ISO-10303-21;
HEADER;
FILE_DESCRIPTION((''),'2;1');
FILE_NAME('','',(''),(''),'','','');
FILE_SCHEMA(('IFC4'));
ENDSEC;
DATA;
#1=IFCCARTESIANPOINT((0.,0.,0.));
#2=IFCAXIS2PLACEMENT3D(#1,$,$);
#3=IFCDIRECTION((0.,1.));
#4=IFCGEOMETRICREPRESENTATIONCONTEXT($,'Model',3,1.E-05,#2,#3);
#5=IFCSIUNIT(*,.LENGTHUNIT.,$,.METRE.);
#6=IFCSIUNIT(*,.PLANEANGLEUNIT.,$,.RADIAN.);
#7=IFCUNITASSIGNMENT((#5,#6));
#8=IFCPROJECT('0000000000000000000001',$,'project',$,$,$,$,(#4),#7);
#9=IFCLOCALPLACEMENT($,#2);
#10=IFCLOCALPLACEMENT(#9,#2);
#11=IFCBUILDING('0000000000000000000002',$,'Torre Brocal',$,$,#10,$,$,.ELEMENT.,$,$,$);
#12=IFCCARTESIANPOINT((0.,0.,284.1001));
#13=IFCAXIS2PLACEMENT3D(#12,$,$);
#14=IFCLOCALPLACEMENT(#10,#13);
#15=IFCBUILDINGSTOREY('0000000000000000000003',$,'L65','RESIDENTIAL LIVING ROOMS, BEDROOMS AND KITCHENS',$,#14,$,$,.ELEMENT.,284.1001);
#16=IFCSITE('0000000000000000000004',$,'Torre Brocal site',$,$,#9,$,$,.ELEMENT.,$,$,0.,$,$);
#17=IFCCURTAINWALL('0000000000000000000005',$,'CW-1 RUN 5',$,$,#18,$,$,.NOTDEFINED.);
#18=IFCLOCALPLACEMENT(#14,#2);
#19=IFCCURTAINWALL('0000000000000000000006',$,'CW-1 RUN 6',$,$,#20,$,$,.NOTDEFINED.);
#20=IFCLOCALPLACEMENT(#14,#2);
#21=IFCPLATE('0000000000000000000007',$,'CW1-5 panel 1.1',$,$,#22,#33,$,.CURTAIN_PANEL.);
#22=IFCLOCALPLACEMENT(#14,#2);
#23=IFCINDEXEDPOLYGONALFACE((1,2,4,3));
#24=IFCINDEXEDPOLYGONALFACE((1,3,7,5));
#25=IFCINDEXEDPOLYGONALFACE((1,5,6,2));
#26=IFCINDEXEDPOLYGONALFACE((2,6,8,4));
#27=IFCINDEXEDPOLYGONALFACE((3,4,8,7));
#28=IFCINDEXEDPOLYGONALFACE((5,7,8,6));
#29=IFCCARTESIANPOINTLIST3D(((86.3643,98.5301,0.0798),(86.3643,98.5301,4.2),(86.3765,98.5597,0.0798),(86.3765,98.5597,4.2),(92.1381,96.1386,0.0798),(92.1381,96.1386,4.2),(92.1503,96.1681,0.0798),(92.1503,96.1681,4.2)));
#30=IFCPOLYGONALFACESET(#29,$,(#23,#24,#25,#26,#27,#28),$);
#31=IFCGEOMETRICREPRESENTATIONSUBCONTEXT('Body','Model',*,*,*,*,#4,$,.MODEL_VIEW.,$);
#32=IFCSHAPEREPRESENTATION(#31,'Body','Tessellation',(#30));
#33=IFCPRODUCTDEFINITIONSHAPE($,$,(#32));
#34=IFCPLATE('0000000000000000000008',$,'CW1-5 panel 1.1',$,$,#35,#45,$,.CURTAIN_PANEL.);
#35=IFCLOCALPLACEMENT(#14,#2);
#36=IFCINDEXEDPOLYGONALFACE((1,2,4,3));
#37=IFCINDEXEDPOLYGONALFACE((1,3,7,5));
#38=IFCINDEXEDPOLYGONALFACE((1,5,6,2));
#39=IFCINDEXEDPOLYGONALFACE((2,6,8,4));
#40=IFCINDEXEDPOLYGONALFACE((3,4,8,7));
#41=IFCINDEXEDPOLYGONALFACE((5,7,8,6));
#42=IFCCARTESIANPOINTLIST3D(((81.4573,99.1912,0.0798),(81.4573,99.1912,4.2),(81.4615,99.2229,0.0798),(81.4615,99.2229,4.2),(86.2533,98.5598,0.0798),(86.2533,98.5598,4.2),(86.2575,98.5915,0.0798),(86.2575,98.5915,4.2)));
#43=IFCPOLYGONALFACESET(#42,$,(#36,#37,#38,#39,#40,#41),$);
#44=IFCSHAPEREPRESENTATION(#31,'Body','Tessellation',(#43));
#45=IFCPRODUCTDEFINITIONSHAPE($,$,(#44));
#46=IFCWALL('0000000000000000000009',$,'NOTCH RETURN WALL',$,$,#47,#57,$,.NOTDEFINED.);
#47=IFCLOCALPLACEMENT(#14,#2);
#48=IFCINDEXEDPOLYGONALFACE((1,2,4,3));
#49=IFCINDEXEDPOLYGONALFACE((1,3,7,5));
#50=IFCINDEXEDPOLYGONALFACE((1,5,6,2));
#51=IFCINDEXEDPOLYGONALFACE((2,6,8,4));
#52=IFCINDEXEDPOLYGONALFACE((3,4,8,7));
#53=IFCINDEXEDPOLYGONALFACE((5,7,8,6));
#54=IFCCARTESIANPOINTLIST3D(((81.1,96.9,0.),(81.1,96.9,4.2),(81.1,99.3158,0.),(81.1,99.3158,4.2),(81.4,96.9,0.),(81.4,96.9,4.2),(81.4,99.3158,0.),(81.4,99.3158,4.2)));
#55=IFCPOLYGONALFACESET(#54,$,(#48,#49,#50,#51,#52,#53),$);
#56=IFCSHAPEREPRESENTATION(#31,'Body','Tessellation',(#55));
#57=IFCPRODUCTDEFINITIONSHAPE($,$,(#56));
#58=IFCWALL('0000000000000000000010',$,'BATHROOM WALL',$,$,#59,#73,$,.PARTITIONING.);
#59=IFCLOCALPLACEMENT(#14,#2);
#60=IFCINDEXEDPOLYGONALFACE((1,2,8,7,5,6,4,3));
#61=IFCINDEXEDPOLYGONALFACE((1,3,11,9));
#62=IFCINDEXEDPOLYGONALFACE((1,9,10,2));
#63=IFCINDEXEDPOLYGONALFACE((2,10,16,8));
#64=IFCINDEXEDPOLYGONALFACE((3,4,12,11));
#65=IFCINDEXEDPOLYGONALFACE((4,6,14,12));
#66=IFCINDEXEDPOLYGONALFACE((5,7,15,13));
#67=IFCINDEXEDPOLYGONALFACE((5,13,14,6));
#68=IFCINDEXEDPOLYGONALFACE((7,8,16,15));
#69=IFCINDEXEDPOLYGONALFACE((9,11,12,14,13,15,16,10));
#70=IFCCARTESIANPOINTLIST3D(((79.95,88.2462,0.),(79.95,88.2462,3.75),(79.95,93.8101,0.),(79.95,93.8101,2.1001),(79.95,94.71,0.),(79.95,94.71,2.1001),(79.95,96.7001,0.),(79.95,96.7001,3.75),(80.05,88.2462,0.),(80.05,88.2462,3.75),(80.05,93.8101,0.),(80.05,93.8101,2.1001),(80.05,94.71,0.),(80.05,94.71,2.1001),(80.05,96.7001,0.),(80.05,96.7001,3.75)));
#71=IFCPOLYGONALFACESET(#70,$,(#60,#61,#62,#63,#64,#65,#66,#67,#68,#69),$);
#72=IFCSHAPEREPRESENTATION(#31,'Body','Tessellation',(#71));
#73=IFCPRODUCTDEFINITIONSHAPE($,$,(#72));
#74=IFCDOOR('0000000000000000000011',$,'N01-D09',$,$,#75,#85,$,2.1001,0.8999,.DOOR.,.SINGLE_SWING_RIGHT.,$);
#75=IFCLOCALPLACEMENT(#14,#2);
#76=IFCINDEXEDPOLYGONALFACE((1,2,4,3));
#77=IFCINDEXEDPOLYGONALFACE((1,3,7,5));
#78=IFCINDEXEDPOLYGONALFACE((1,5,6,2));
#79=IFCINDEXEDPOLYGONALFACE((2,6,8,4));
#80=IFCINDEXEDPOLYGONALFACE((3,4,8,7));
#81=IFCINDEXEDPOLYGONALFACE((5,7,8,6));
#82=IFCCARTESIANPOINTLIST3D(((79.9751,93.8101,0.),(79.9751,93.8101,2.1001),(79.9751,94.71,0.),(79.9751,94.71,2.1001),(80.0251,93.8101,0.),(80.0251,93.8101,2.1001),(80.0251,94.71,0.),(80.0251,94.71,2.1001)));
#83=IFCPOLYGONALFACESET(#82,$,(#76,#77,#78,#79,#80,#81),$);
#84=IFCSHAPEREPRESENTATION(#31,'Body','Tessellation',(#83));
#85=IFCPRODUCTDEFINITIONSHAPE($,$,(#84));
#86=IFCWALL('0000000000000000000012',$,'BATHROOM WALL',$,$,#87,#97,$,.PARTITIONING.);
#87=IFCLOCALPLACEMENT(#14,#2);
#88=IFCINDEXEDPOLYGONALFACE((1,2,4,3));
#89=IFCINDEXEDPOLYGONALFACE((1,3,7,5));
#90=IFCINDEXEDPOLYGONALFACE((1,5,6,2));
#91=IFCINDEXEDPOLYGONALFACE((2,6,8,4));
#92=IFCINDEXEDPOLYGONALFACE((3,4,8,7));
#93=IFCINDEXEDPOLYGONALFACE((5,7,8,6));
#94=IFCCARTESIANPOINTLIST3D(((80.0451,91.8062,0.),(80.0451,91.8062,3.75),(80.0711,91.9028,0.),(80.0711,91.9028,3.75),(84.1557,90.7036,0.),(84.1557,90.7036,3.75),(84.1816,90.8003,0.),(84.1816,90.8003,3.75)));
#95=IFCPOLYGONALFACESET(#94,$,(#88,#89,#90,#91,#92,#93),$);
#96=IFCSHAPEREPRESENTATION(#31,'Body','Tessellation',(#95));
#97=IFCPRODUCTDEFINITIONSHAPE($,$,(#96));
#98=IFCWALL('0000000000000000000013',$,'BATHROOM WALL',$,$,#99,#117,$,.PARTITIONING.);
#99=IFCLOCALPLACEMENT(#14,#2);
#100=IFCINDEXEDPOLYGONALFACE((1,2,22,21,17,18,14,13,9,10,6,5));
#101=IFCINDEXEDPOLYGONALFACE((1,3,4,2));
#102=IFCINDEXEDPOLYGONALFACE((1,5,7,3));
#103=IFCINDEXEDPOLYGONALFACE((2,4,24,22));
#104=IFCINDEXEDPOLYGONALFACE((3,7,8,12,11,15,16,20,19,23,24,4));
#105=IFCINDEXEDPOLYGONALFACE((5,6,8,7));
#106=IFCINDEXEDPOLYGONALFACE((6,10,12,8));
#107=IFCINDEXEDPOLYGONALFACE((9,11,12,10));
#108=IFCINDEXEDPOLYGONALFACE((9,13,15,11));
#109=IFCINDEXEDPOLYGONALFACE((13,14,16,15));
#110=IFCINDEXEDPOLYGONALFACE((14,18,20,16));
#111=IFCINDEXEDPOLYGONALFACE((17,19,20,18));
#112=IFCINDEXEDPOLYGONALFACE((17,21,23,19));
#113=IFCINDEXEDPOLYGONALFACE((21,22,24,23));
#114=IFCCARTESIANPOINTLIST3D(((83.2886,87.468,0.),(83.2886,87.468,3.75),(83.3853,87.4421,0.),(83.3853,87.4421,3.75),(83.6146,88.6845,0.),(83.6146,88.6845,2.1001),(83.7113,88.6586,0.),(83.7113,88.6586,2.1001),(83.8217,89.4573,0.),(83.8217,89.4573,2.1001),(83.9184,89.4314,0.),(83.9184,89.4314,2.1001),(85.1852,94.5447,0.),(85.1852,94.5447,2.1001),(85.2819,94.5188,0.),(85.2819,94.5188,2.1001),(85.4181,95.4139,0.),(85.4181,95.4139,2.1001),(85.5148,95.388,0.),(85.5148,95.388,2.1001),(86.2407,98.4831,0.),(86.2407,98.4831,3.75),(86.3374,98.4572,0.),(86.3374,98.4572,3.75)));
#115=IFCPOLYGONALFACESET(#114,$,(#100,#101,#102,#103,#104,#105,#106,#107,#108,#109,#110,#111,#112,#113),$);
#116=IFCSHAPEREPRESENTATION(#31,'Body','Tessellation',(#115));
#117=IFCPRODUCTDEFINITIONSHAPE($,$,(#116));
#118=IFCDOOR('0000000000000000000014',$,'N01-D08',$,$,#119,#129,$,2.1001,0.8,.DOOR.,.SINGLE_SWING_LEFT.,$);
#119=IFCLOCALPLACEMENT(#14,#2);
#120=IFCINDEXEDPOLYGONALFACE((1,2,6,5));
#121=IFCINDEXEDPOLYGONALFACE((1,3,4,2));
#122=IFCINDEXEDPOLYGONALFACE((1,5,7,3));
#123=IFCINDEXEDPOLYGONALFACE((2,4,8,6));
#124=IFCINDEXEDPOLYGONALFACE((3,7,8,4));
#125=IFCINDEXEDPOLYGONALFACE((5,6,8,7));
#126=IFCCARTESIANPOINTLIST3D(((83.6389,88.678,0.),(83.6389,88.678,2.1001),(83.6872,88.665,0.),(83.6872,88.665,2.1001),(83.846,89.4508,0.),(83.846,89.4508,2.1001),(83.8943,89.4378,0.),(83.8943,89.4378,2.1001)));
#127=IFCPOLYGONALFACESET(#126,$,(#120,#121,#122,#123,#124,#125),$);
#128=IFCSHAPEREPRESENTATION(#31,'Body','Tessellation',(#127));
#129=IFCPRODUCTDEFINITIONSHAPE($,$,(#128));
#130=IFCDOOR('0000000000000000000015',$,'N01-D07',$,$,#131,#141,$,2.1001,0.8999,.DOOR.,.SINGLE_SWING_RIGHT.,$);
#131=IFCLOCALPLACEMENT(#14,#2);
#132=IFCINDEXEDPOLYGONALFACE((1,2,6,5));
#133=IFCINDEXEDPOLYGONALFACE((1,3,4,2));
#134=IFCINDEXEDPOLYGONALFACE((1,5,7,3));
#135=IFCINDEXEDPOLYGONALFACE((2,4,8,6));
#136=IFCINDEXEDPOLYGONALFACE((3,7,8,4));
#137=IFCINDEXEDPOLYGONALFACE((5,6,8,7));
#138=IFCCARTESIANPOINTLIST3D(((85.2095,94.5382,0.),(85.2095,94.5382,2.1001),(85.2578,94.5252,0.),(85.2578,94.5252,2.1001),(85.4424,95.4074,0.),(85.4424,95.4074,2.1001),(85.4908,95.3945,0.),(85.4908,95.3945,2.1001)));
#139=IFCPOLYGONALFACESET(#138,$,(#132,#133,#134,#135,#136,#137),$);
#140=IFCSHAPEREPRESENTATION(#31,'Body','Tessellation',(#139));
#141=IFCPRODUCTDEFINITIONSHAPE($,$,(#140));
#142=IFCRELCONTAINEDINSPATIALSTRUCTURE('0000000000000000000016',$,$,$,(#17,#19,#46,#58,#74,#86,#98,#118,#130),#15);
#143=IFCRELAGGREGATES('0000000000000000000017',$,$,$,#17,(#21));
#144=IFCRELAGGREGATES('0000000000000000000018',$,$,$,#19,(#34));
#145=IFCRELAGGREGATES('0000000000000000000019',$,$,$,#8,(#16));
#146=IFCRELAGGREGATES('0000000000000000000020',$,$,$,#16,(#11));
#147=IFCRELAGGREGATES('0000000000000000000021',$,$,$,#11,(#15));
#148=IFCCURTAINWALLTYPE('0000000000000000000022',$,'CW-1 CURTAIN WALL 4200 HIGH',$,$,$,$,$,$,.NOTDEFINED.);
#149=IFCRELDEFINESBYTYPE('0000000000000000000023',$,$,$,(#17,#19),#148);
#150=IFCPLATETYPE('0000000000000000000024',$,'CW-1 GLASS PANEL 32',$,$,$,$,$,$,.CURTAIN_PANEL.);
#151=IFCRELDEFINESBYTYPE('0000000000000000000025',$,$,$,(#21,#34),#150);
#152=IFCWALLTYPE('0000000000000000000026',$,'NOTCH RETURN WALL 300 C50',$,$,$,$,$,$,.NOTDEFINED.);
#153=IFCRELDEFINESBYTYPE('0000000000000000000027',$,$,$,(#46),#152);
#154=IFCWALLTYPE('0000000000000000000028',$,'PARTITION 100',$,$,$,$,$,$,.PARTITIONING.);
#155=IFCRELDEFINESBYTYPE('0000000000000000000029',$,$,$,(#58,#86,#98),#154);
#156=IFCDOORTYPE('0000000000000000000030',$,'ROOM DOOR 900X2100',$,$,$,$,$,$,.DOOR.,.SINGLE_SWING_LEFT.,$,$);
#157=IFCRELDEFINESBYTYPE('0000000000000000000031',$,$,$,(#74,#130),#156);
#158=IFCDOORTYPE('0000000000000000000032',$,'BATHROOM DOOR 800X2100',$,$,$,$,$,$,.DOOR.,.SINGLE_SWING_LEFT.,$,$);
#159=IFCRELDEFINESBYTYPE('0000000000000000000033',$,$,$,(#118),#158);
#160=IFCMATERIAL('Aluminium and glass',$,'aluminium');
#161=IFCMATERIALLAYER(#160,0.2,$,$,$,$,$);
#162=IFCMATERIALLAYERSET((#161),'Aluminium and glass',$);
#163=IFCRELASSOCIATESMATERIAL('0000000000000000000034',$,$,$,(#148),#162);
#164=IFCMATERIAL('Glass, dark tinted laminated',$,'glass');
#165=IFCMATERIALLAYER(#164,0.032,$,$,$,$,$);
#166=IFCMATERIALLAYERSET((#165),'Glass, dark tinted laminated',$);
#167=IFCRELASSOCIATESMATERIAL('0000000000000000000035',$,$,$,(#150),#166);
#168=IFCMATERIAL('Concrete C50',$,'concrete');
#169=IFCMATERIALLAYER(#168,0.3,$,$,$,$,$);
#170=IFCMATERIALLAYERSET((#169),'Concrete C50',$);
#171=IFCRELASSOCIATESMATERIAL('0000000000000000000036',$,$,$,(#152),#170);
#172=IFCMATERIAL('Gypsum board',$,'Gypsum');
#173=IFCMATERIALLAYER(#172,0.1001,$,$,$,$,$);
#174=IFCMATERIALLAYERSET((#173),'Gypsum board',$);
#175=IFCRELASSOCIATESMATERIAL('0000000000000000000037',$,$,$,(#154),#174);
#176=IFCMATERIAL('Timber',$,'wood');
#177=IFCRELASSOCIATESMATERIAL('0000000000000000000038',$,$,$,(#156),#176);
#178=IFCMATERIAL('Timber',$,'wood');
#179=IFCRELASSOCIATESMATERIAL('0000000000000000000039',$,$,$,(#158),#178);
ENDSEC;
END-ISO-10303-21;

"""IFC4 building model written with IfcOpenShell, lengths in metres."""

from ifc_helpers import new_model, si_unit, direction, frame, frame_2d, origin, origin_2d, place, context, subcontext, project, spatial, rectangle, extrude, material, layer, layer_set, type_object, element, fill, aggregate, save


model = new_model("IFC4")

# Units and contexts
model_context = context("Model", 3, precision=1e-05, world=origin(), true_north=direction((0.0, 1.0)))
body_context = subcontext(model_context, "Body", "Model", "MODEL_VIEW")
ifc_project = project(units=[si_unit("LENGTHUNIT", "METRE"), si_unit("PLANEANGLEUNIT", "RADIAN")], contexts=[model_context])

# Site, building, storey
site_placement = place(None, origin())
site = spatial("IfcSite", under=ifc_project, at=site_placement, Name="Torre Brocal site", CompositionType="ELEMENT", RefElevation=0.0)
building_placement = place(site_placement, origin())
building = spatial("IfcBuilding", under=site, at=building_placement, Name="Torre Brocal", CompositionType="ELEMENT")
storey_placement = place(building_placement, frame((0.0, 0.0, 284.1001)))
storey = spatial("IfcBuildingStorey", under=building, at=storey_placement, Name="L65", Description="RESIDENTIAL LIVING ROOMS, BEDROOMS AND KITCHENS", CompositionType="ELEMENT", Elevation=284.1001)

# Curtain wall
ifc_material_1 = material(Name="Aluminium and glass", Category="aluminium")
ifc_layer_1 = layer(ifc_material_1, 0.2)
ifc_layer_set_1 = layer_set([ifc_layer_1], Name="Aluminium and glass")
curtain_wall_type = type_object("IfcCurtainWallType", Name="CW-1 CURTAIN WALL 4200 HIGH", PredefinedType="NOTDEFINED", material=ifc_layer_set_1)
curtain_wall_1_placement = place(storey_placement, origin())
curtain_wall_1 = element("IfcCurtainWall", 1, at=curtain_wall_1_placement, inside=storey, type_object=curtain_wall_type, Name="CW-1 RUN 5", PredefinedType="NOTDEFINED")

# Curtain wall
curtain_wall_2_placement = place(storey_placement, origin())
curtain_wall_2 = element("IfcCurtainWall", 2, at=curtain_wall_2_placement, inside=storey, type_object=curtain_wall_type, Name="CW-1 RUN 6", PredefinedType="NOTDEFINED")

# Plates
ifc_material_2 = material(Name="Glass, dark tinted laminated", Category="glass")
ifc_layer_2 = layer(ifc_material_2, 0.032)
ifc_layer_set_2 = layer_set([ifc_layer_2], Name="Glass, dark tinted laminated")
plate_type = type_object("IfcPlateType", Name="CW-1 GLASS PANEL 32", PredefinedType="CURTAIN_PANEL", material=ifc_layer_set_2)
plate_1_placement = place(storey_placement, frame((89.2573, 97.3491, 0.0798), z_axis=(0.0, 0.0, 1.0), x_axis=(-0.92388, 0.382683, 0.0)))
plate_1 = element("IfcPlate", 3, at=plate_1_placement, type_object=plate_type, Name="CW1-5 panel 1.1", PredefinedType="CURTAIN_PANEL", context=body_context, shape_type="SweptSolid", body=[
    extrude(rectangle(XDim=6.2495, YDim=0.032, at=origin_2d()), origin(), (0.0, 0.0, 1.0), 4.1201),
])
aggregate(curtain_wall_1, [plate_1])
plate_2_placement = place(storey_placement, frame((83.8574, 98.8914, 0.0798), z_axis=(0.0, 0.0, 1.0), x_axis=(-0.991445, 0.130526, 0.0)))
plate_2 = element("IfcPlate", 4, at=plate_2_placement, type_object=plate_type, Name="CW1-5 panel 1.1", PredefinedType="CURTAIN_PANEL", context=body_context, shape_type="SweptSolid", body=[
    extrude(rectangle(XDim=4.8374, YDim=0.032, at=origin_2d()), origin(), (0.0, 0.0, 1.0), 4.1201),
])
aggregate(curtain_wall_2, [plate_2])

# Wall
ifc_material_3 = material(Name="Concrete C50", Category="concrete")
ifc_layer_3 = layer(ifc_material_3, 0.3)
ifc_layer_set_3 = layer_set([ifc_layer_3], Name="Concrete C50")
wall_type_1 = type_object("IfcWallType", Name="NOTCH RETURN WALL 300 C50", PredefinedType="NOTDEFINED", material=ifc_layer_set_3)
wall_1_placement = place(storey_placement, frame((81.25, 96.8999, 0.0), z_axis=(0.0, 0.0, 1.0), x_axis=(0.0, 1.0, 0.0)))
element("IfcWall", 5, at=wall_1_placement, inside=storey, type_object=wall_type_1, Name="NOTCH RETURN WALL", PredefinedType="NOTDEFINED", context=body_context, shape_type="SweptSolid", body=[
    extrude(rectangle(XDim=2.4158, YDim=0.3, at=frame_2d((1.208, 0.0))), origin(), (0.0, 0.0, 1.0), 4.2),
])

# Wall, opening, door
ifc_material_4 = material(Name="Gypsum board", Category="Gypsum")
ifc_layer_4 = layer(ifc_material_4, 0.1001)
ifc_layer_set_4 = layer_set([ifc_layer_4], Name="Gypsum board")
wall_type_2 = type_object("IfcWallType", Name="PARTITION 100", PredefinedType="PARTITIONING", material=ifc_layer_set_4)
wall_2_placement = place(storey_placement, frame((80.0, 88.2461, 0.0), z_axis=(0.0, 0.0, 1.0), x_axis=(0.0, 1.0, 0.0)))
wall_2 = element("IfcWall", 6, at=wall_2_placement, inside=storey, type_object=wall_type_2, Name="BATHROOM WALL", PredefinedType="PARTITIONING", context=body_context, shape_type="SweptSolid", body=[
    extrude(rectangle(XDim=8.4539, YDim=0.1001, at=frame_2d((4.2271, 0.0))), origin(), (0.0, 0.0, 1.0), 3.75),
])
opening_1_placement = place(wall_2_placement, frame((5.564, 0.0, 0.0)))
opening_1 = element("IfcOpeningElement", 7, at=opening_1_placement, cuts=wall_2, PredefinedType="OPENING", context=body_context, shape_type="SweptSolid", body=[
    extrude(rectangle(XDim=0.8999, YDim=2.1001, at=frame_2d((0.45, 1.05))), frame((0.0, 0.0601, 0.0), z_axis=(0.0, -1.0, 0.0), x_axis=(1.0, 0.0, 0.0)), (0.0, 0.0, 1.0), 0.1201),
])
ifc_material_5 = material(Name="Timber", Category="wood")
door_type_1 = type_object("IfcDoorType", Name="ROOM DOOR 900X2100", OperationType="SINGLE_SWING_LEFT", PredefinedType="DOOR", material=ifc_material_5)
door_1_placement = place(opening_1_placement, origin())
door_1 = element("IfcDoor", 8, at=door_1_placement, inside=storey, type_object=door_type_1, Name="N01-D09", OperationType="SINGLE_SWING_RIGHT", OverallHeight=2.1001, OverallWidth=0.8999, PredefinedType="DOOR", context=body_context, shape_type="SweptSolid", body=[
    extrude(rectangle(XDim=0.8999, YDim=2.1001, at=frame_2d((0.45, 1.05))), frame((0.0, 0.0249, 0.0), z_axis=(0.0, -1.0, 0.0), x_axis=(1.0, 0.0, 0.0)), (0.0, 0.0, 1.0), 0.05),
])
fill(opening_1, door_1)

# Wall
wall_3_placement = place(storey_placement, frame((80.0581, 91.8545, 0.0), z_axis=(0.0, 0.0, 1.0), x_axis=(0.965861, -0.259062, 0.0)))
element("IfcWall", 9, at=wall_3_placement, inside=storey, type_object=wall_type_2, Name="BATHROOM WALL", PredefinedType="PARTITIONING", context=body_context, shape_type="SweptSolid", body=[
    extrude(rectangle(XDim=4.2559, YDim=0.1001, at=frame_2d((2.1279, 0.0))), origin(), (0.0, 0.0, 1.0), 3.75),
])

# Wall, openings, doors
wall_4_placement = place(storey_placement, frame((83.3369, 87.4551, 0.0), z_axis=(0.0, 0.0, 1.0), x_axis=(0.258872, 0.965912, 0.0)))
wall_4 = element("IfcWall", 10, at=wall_4_placement, inside=storey, type_object=wall_type_2, Name="BATHROOM WALL", PredefinedType="PARTITIONING", context=body_context, shape_type="SweptSolid", body=[
    extrude(rectangle(XDim=11.4038, YDim=0.1001, at=frame_2d((5.7019, 0.0))), origin(), (0.0, 0.0, 1.0), 3.75),
])
opening_2_placement = place(wall_4_placement, frame((7.3264, 0.0, 0.0)))
opening_2 = element("IfcOpeningElement", 11, at=opening_2_placement, cuts=wall_4, PredefinedType="OPENING", context=body_context, shape_type="SweptSolid", body=[
    extrude(rectangle(XDim=0.8999, YDim=2.1001, at=frame_2d((0.45, 1.05))), frame((0.0, 0.0601, 0.0), z_axis=(0.0, -1.0, 0.0), x_axis=(1.0, 0.0, 0.0)), (0.0, 0.0, 1.0), 0.1201),
])
opening_3_placement = place(wall_4_placement, frame((1.2595, 0.0, 0.0)))
opening_3 = element("IfcOpeningElement", 12, at=opening_3_placement, cuts=wall_4, PredefinedType="OPENING", context=body_context, shape_type="SweptSolid", body=[
    extrude(rectangle(XDim=0.8, YDim=2.1001, at=frame_2d((0.3999, 1.05))), frame((0.0, 0.0601, 0.0), z_axis=(0.0, -1.0, 0.0), x_axis=(1.0, 0.0, 0.0)), (0.0, 0.0, 1.0), 0.1201),
])
ifc_material_6 = material(Name="Timber", Category="wood")
door_type_2 = type_object("IfcDoorType", Name="BATHROOM DOOR 800X2100", OperationType="SINGLE_SWING_LEFT", PredefinedType="DOOR", material=ifc_material_6)
door_2_placement = place(opening_3_placement, origin())
door_2 = element("IfcDoor", 13, at=door_2_placement, inside=storey, type_object=door_type_2, Name="N01-D08", OperationType="SINGLE_SWING_LEFT", OverallHeight=2.1001, OverallWidth=0.8, PredefinedType="DOOR", context=body_context, shape_type="SweptSolid", body=[
    extrude(rectangle(XDim=0.8, YDim=2.1001, at=frame_2d((0.3999, 1.05))), frame((0.0, 0.0249, 0.0), z_axis=(0.0, -1.0, 0.0), x_axis=(1.0, 0.0, 0.0)), (0.0, 0.0, 1.0), 0.05),
])
fill(opening_3, door_2)
door_3_placement = place(opening_2_placement, origin())
door_3 = element("IfcDoor", 14, at=door_3_placement, inside=storey, type_object=door_type_1, Name="N01-D07", OperationType="SINGLE_SWING_RIGHT", OverallHeight=2.1001, OverallWidth=0.8999, PredefinedType="DOOR", context=body_context, shape_type="SweptSolid", body=[
    extrude(rectangle(XDim=0.8999, YDim=2.1001, at=frame_2d((0.45, 1.05))), frame((0.0, 0.0249, 0.0), z_axis=(0.0, -1.0, 0.0), x_axis=(1.0, 0.0, 0.0)), (0.0, 0.0, 1.0), 0.05),
])
fill(opening_2, door_3)

save(model, "model.ifc")
